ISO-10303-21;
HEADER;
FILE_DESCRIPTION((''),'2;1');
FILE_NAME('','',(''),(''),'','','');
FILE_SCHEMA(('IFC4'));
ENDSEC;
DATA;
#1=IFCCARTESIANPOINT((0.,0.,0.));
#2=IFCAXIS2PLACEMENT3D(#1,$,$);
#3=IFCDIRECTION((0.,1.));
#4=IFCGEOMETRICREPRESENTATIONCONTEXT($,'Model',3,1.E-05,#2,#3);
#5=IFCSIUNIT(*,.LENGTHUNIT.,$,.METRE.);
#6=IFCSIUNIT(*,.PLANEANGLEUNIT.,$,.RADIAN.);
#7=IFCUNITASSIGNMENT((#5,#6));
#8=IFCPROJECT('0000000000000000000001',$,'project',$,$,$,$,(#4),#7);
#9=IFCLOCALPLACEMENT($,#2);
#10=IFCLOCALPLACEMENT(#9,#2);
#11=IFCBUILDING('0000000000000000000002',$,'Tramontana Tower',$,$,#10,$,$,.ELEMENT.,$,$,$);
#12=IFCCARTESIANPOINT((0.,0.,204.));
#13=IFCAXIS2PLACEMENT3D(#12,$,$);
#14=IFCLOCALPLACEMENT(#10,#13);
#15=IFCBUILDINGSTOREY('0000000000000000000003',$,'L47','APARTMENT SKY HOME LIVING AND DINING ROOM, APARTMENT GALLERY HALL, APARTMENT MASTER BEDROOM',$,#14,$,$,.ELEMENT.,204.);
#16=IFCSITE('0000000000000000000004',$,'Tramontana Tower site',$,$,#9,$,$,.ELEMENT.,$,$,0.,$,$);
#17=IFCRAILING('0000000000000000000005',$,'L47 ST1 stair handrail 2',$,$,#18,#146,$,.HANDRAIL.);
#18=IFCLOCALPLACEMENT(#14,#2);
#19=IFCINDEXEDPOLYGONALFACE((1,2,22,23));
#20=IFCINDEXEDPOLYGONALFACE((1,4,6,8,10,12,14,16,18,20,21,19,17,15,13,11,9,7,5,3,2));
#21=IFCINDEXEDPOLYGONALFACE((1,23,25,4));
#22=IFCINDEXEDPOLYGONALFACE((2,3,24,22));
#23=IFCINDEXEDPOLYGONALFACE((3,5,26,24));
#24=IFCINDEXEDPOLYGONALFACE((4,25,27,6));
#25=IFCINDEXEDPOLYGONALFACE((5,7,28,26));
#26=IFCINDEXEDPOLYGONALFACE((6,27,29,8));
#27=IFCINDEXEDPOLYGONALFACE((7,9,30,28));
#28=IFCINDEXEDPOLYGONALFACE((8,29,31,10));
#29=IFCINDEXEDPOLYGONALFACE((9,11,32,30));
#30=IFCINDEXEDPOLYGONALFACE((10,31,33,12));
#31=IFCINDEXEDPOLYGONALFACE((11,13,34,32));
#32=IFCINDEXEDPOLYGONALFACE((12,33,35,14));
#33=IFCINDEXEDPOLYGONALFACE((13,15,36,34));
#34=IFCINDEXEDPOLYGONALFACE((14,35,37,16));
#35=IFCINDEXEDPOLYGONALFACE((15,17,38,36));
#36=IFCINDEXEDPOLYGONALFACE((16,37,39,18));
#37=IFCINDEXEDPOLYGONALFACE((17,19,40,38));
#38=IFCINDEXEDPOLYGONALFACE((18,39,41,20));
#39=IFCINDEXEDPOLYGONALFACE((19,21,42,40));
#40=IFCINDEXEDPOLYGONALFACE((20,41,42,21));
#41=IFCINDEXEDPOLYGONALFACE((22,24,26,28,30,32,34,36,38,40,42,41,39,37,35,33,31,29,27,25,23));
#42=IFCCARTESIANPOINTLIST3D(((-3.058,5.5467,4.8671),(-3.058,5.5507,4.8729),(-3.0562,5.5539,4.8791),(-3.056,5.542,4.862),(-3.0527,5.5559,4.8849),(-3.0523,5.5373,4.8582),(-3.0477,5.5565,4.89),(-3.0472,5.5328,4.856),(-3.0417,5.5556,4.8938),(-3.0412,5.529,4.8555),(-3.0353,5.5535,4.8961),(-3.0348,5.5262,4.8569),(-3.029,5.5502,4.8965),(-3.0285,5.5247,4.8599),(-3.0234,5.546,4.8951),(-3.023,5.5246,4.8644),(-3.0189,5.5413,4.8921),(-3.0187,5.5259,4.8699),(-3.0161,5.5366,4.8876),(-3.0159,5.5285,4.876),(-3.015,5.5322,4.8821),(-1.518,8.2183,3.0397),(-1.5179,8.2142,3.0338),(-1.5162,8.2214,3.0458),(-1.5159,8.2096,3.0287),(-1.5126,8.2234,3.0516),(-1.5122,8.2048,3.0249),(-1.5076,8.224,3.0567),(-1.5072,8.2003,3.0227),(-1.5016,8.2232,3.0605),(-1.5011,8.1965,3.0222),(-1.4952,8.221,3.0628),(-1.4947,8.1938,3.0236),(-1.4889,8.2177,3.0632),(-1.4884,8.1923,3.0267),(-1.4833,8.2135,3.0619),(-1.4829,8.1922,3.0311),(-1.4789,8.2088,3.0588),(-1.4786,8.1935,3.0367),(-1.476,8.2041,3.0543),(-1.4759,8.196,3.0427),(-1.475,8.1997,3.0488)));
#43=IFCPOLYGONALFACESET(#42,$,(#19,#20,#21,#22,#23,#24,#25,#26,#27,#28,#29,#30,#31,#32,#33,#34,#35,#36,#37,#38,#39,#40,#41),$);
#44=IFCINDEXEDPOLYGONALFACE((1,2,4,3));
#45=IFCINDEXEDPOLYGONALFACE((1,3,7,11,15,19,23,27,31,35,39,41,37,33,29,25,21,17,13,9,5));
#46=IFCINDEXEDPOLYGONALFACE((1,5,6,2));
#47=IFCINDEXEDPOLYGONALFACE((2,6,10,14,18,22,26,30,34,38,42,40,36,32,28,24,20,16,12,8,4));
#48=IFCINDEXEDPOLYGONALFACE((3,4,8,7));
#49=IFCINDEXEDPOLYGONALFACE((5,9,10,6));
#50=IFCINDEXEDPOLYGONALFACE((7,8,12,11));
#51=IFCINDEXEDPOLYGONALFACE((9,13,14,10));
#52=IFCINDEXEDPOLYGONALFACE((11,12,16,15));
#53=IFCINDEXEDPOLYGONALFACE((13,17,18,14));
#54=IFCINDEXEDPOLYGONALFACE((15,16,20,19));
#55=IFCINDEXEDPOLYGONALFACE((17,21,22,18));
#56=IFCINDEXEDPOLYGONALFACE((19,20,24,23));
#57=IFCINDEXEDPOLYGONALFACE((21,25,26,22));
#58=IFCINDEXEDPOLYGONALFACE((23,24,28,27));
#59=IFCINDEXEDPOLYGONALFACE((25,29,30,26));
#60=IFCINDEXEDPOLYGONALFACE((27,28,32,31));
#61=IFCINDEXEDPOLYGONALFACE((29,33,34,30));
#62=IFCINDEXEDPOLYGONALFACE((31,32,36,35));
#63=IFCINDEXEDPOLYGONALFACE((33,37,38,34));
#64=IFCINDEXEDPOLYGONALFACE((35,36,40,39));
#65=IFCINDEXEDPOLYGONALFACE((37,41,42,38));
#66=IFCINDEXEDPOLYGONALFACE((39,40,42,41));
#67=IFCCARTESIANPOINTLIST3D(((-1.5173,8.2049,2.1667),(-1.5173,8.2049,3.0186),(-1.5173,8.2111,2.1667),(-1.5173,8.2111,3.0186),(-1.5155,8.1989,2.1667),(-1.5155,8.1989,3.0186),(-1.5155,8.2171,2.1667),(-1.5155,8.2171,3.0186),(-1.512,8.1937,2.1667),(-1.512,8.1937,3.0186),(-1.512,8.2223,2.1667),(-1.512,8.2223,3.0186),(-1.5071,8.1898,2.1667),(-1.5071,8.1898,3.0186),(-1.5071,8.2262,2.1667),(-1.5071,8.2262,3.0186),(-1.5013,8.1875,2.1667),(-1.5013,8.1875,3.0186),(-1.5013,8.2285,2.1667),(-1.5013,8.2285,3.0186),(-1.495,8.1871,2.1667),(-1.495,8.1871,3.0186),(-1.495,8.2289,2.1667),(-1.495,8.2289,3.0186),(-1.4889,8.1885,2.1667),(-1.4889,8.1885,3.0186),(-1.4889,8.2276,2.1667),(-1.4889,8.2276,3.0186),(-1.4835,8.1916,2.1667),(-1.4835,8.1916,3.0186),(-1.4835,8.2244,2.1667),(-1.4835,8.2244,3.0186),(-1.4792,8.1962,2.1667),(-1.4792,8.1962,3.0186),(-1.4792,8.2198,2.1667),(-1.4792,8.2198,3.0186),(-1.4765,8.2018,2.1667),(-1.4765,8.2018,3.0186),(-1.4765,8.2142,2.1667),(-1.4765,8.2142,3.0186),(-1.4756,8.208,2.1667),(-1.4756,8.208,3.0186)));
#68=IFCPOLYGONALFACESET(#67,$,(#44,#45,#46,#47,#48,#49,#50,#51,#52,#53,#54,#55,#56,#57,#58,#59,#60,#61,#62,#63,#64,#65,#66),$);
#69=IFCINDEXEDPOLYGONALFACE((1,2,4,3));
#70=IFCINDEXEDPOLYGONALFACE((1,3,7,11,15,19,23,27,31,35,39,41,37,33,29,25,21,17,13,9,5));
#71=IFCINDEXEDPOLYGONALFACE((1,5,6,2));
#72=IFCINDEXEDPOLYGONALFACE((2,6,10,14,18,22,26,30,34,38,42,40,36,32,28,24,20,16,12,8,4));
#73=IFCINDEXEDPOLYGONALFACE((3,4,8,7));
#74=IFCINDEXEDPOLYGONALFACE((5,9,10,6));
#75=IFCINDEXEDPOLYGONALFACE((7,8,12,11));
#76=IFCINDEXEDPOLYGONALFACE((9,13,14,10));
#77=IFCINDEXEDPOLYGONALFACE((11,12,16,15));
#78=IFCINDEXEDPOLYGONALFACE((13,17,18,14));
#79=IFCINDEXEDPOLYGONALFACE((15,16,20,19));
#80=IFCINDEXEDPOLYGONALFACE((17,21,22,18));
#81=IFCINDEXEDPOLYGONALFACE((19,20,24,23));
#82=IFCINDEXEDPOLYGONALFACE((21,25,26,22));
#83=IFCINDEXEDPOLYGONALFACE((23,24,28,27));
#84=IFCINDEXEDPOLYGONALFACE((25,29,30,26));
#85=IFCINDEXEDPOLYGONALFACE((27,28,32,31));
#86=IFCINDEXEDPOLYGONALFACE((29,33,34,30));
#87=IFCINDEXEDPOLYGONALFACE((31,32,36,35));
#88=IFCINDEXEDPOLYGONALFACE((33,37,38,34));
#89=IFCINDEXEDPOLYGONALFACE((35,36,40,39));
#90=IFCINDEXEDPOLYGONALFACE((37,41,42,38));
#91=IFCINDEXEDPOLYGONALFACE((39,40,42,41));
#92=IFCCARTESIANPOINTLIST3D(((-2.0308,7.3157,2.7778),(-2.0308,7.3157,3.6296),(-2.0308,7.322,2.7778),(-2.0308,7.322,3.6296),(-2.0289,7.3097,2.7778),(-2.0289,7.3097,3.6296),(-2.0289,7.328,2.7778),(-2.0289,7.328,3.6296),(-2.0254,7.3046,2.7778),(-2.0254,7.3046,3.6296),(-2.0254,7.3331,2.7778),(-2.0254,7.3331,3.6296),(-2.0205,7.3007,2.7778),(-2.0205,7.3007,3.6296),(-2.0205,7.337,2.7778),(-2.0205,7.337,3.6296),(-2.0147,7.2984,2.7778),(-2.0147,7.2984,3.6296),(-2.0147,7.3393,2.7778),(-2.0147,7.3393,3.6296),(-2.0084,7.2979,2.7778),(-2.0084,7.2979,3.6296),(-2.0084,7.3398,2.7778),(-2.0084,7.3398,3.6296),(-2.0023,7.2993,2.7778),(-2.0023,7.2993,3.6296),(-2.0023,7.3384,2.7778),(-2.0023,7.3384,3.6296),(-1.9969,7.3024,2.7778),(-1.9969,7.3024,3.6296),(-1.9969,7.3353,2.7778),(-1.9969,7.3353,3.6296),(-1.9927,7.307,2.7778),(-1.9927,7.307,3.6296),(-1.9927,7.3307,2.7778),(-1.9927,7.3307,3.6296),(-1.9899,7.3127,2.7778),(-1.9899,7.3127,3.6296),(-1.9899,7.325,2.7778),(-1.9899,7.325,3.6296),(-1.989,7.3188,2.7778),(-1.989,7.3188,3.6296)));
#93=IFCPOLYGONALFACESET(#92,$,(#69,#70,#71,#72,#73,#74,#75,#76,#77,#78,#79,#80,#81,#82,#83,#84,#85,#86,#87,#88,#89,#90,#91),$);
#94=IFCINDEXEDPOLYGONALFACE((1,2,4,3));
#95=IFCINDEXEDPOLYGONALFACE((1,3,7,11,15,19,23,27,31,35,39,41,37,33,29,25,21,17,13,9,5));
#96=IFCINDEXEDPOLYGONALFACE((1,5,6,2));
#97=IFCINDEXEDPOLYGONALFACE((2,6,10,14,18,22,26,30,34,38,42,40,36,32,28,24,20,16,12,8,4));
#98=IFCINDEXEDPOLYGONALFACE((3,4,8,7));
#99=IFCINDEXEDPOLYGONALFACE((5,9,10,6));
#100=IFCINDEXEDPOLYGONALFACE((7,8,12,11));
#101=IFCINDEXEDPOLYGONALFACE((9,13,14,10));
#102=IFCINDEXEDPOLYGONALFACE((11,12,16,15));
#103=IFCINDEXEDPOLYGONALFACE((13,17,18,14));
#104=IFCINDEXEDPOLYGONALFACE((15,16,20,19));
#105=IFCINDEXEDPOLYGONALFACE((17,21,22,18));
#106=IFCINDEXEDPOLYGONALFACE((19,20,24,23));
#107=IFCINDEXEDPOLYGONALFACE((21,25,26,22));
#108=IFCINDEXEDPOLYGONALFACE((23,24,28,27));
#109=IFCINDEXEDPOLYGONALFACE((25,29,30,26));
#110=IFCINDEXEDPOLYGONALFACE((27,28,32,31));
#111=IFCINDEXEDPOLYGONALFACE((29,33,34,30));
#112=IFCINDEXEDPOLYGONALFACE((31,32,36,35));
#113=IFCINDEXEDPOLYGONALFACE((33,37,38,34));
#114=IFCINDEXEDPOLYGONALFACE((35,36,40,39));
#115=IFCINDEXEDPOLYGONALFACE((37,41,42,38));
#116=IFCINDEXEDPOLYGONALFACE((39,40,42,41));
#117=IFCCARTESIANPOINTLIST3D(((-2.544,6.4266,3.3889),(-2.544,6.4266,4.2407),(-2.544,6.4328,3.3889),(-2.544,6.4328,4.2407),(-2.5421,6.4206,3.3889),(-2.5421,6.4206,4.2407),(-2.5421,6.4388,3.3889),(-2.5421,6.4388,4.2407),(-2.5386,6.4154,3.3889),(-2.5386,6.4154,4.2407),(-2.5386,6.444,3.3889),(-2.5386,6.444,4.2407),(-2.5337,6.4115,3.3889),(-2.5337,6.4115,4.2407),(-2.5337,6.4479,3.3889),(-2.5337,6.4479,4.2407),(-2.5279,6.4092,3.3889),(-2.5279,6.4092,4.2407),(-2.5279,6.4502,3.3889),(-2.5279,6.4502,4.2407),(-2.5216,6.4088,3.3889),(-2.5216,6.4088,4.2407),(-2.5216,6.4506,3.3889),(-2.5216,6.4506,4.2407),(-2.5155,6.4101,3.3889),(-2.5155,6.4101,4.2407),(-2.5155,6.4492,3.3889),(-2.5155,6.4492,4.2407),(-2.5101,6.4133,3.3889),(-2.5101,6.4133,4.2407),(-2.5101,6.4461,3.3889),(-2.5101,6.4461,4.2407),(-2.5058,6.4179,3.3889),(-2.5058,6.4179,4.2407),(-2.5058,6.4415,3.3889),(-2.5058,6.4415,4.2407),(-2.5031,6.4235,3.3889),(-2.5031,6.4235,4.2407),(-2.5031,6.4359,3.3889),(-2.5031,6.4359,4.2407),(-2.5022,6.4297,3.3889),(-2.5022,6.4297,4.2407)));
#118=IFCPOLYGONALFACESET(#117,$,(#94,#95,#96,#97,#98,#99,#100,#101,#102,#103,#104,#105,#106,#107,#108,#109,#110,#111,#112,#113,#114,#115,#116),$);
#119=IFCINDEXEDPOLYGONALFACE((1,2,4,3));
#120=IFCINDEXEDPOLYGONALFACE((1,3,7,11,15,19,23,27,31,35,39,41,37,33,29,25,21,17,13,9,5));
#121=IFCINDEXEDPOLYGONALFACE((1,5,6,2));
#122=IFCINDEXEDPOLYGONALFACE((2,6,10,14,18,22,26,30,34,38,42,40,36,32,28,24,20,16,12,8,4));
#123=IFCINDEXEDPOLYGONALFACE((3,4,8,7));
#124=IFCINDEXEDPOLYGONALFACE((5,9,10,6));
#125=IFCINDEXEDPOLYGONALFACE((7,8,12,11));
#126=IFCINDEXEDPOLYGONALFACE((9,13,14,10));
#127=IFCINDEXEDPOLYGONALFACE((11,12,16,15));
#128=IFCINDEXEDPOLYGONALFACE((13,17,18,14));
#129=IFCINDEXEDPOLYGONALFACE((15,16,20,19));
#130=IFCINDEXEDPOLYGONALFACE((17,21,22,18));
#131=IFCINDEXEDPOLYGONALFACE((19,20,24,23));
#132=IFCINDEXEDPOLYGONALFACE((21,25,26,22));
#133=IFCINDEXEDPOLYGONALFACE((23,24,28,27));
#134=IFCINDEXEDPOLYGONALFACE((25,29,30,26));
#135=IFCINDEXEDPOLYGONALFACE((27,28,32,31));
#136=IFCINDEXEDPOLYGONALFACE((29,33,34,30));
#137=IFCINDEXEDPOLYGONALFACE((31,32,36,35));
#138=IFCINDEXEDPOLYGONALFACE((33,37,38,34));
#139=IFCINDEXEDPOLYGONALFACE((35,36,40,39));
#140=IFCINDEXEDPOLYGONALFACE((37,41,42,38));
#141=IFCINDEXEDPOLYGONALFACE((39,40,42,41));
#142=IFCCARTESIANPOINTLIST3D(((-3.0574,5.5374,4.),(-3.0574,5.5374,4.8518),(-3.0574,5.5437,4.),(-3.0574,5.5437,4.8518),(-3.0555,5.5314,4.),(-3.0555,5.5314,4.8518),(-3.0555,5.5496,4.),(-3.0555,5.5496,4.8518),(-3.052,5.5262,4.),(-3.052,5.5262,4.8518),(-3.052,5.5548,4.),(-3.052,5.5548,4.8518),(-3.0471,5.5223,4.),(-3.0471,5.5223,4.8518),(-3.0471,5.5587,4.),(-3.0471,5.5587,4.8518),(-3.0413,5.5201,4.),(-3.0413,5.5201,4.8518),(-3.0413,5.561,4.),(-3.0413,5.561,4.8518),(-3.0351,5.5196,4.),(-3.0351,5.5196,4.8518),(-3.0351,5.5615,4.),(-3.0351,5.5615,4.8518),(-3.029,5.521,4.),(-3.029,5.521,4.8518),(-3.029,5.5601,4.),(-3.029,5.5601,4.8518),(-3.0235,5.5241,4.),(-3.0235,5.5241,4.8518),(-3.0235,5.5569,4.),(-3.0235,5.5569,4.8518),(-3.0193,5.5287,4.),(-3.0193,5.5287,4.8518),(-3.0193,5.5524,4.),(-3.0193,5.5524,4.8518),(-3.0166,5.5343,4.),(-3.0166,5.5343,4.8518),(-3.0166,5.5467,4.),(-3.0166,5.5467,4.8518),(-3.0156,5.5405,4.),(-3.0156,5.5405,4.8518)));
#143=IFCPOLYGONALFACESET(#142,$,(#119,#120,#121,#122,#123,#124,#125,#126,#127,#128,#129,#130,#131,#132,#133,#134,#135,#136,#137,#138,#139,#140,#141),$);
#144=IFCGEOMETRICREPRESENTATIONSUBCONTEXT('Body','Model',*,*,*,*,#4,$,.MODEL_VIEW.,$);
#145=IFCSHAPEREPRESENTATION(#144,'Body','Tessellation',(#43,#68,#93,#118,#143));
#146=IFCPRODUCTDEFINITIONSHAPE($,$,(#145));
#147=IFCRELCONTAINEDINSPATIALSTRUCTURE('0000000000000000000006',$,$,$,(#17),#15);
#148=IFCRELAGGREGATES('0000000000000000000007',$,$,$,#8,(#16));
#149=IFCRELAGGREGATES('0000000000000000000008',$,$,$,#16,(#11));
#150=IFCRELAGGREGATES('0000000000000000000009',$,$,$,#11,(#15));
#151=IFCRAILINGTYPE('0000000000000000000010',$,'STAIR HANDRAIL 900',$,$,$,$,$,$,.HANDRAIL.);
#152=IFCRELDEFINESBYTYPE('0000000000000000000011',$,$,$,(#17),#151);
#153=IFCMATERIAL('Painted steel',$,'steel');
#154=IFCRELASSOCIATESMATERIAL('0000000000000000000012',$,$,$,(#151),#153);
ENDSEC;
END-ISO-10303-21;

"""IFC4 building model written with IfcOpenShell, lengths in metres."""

from ifc_helpers import new_model, si_unit, direction, frame, origin, origin_2d, place, context, subcontext, project, spatial, circle, extrude, material, type_object, element, save


model = new_model("IFC4")

# Units and contexts
model_context = context("Model", 3, precision=1e-05, world=origin(), true_north=direction((0.0, 1.0)))
body_context = subcontext(model_context, "Body", "Model", "MODEL_VIEW")
ifc_project = project(units=[si_unit("LENGTHUNIT", "METRE"), si_unit("PLANEANGLEUNIT", "RADIAN")], contexts=[model_context])

# Site, building, storey
site_placement = place(None, origin())
site = spatial("IfcSite", under=ifc_project, at=site_placement, Name="Tramontana Tower site", CompositionType="ELEMENT", RefElevation=0.0)
building_placement = place(site_placement, origin())
building = spatial("IfcBuilding", under=site, at=building_placement, Name="Tramontana Tower", CompositionType="ELEMENT")
storey_placement = place(building_placement, frame((0.0, 0.0, 204.0)))
storey = spatial("IfcBuildingStorey", under=building, at=storey_placement, Name="L47", Description="APARTMENT SKY HOME LIVING AND DINING ROOM, APARTMENT GALLERY HALL, APARTMENT MASTER BEDROOM", CompositionType="ELEMENT", Elevation=204.0)

# Railing
ifc_material_1 = material(Name="Painted steel", Category="steel")
railing_type_1 = type_object("IfcRailingType", Name="STAIR HANDRAIL 900", PredefinedType="HANDRAIL", material=ifc_material_1)
railing_1_placement = place(storey_placement, frame((-1.4966, 8.208, 2.1667)))
element("IfcRailing", 1, at=railing_1_placement, inside=storey, type_object=railing_type_1, Name="L47 ST1 stair handrail 2", PredefinedType="HANDRAIL", context=body_context, shape_type="SweptSolid", body=[
    extrude(circle(Radius=0.0239, at=origin_2d()), frame((0.0, 0.0, 0.876), z_axis=(-0.429649, -0.74419, 0.511452), x_axis=(0.86603, -0.499992, 0.0)), (0.0, 0.0, 1.0), 3.5845),
    extrude(circle(Radius=0.021, at=origin_2d()), origin(), (0.0, 0.0, 1.0), 0.8518),
    extrude(circle(Radius=0.021, at=origin_2d()), frame((-0.5134, -0.8892, 0.6111)), (0.0, 0.0, 1.0), 0.8518),
    extrude(circle(Radius=0.021, at=origin_2d()), frame((-1.0266, -1.7783, 1.2222)), (0.0, 0.0, 1.0), 0.8518),
    extrude(circle(Radius=0.021, at=origin_2d()), frame((-1.54, -2.6675, 1.8333)), (0.0, 0.0, 1.0), 0.8518),
])

save(model, "model.ifc")
